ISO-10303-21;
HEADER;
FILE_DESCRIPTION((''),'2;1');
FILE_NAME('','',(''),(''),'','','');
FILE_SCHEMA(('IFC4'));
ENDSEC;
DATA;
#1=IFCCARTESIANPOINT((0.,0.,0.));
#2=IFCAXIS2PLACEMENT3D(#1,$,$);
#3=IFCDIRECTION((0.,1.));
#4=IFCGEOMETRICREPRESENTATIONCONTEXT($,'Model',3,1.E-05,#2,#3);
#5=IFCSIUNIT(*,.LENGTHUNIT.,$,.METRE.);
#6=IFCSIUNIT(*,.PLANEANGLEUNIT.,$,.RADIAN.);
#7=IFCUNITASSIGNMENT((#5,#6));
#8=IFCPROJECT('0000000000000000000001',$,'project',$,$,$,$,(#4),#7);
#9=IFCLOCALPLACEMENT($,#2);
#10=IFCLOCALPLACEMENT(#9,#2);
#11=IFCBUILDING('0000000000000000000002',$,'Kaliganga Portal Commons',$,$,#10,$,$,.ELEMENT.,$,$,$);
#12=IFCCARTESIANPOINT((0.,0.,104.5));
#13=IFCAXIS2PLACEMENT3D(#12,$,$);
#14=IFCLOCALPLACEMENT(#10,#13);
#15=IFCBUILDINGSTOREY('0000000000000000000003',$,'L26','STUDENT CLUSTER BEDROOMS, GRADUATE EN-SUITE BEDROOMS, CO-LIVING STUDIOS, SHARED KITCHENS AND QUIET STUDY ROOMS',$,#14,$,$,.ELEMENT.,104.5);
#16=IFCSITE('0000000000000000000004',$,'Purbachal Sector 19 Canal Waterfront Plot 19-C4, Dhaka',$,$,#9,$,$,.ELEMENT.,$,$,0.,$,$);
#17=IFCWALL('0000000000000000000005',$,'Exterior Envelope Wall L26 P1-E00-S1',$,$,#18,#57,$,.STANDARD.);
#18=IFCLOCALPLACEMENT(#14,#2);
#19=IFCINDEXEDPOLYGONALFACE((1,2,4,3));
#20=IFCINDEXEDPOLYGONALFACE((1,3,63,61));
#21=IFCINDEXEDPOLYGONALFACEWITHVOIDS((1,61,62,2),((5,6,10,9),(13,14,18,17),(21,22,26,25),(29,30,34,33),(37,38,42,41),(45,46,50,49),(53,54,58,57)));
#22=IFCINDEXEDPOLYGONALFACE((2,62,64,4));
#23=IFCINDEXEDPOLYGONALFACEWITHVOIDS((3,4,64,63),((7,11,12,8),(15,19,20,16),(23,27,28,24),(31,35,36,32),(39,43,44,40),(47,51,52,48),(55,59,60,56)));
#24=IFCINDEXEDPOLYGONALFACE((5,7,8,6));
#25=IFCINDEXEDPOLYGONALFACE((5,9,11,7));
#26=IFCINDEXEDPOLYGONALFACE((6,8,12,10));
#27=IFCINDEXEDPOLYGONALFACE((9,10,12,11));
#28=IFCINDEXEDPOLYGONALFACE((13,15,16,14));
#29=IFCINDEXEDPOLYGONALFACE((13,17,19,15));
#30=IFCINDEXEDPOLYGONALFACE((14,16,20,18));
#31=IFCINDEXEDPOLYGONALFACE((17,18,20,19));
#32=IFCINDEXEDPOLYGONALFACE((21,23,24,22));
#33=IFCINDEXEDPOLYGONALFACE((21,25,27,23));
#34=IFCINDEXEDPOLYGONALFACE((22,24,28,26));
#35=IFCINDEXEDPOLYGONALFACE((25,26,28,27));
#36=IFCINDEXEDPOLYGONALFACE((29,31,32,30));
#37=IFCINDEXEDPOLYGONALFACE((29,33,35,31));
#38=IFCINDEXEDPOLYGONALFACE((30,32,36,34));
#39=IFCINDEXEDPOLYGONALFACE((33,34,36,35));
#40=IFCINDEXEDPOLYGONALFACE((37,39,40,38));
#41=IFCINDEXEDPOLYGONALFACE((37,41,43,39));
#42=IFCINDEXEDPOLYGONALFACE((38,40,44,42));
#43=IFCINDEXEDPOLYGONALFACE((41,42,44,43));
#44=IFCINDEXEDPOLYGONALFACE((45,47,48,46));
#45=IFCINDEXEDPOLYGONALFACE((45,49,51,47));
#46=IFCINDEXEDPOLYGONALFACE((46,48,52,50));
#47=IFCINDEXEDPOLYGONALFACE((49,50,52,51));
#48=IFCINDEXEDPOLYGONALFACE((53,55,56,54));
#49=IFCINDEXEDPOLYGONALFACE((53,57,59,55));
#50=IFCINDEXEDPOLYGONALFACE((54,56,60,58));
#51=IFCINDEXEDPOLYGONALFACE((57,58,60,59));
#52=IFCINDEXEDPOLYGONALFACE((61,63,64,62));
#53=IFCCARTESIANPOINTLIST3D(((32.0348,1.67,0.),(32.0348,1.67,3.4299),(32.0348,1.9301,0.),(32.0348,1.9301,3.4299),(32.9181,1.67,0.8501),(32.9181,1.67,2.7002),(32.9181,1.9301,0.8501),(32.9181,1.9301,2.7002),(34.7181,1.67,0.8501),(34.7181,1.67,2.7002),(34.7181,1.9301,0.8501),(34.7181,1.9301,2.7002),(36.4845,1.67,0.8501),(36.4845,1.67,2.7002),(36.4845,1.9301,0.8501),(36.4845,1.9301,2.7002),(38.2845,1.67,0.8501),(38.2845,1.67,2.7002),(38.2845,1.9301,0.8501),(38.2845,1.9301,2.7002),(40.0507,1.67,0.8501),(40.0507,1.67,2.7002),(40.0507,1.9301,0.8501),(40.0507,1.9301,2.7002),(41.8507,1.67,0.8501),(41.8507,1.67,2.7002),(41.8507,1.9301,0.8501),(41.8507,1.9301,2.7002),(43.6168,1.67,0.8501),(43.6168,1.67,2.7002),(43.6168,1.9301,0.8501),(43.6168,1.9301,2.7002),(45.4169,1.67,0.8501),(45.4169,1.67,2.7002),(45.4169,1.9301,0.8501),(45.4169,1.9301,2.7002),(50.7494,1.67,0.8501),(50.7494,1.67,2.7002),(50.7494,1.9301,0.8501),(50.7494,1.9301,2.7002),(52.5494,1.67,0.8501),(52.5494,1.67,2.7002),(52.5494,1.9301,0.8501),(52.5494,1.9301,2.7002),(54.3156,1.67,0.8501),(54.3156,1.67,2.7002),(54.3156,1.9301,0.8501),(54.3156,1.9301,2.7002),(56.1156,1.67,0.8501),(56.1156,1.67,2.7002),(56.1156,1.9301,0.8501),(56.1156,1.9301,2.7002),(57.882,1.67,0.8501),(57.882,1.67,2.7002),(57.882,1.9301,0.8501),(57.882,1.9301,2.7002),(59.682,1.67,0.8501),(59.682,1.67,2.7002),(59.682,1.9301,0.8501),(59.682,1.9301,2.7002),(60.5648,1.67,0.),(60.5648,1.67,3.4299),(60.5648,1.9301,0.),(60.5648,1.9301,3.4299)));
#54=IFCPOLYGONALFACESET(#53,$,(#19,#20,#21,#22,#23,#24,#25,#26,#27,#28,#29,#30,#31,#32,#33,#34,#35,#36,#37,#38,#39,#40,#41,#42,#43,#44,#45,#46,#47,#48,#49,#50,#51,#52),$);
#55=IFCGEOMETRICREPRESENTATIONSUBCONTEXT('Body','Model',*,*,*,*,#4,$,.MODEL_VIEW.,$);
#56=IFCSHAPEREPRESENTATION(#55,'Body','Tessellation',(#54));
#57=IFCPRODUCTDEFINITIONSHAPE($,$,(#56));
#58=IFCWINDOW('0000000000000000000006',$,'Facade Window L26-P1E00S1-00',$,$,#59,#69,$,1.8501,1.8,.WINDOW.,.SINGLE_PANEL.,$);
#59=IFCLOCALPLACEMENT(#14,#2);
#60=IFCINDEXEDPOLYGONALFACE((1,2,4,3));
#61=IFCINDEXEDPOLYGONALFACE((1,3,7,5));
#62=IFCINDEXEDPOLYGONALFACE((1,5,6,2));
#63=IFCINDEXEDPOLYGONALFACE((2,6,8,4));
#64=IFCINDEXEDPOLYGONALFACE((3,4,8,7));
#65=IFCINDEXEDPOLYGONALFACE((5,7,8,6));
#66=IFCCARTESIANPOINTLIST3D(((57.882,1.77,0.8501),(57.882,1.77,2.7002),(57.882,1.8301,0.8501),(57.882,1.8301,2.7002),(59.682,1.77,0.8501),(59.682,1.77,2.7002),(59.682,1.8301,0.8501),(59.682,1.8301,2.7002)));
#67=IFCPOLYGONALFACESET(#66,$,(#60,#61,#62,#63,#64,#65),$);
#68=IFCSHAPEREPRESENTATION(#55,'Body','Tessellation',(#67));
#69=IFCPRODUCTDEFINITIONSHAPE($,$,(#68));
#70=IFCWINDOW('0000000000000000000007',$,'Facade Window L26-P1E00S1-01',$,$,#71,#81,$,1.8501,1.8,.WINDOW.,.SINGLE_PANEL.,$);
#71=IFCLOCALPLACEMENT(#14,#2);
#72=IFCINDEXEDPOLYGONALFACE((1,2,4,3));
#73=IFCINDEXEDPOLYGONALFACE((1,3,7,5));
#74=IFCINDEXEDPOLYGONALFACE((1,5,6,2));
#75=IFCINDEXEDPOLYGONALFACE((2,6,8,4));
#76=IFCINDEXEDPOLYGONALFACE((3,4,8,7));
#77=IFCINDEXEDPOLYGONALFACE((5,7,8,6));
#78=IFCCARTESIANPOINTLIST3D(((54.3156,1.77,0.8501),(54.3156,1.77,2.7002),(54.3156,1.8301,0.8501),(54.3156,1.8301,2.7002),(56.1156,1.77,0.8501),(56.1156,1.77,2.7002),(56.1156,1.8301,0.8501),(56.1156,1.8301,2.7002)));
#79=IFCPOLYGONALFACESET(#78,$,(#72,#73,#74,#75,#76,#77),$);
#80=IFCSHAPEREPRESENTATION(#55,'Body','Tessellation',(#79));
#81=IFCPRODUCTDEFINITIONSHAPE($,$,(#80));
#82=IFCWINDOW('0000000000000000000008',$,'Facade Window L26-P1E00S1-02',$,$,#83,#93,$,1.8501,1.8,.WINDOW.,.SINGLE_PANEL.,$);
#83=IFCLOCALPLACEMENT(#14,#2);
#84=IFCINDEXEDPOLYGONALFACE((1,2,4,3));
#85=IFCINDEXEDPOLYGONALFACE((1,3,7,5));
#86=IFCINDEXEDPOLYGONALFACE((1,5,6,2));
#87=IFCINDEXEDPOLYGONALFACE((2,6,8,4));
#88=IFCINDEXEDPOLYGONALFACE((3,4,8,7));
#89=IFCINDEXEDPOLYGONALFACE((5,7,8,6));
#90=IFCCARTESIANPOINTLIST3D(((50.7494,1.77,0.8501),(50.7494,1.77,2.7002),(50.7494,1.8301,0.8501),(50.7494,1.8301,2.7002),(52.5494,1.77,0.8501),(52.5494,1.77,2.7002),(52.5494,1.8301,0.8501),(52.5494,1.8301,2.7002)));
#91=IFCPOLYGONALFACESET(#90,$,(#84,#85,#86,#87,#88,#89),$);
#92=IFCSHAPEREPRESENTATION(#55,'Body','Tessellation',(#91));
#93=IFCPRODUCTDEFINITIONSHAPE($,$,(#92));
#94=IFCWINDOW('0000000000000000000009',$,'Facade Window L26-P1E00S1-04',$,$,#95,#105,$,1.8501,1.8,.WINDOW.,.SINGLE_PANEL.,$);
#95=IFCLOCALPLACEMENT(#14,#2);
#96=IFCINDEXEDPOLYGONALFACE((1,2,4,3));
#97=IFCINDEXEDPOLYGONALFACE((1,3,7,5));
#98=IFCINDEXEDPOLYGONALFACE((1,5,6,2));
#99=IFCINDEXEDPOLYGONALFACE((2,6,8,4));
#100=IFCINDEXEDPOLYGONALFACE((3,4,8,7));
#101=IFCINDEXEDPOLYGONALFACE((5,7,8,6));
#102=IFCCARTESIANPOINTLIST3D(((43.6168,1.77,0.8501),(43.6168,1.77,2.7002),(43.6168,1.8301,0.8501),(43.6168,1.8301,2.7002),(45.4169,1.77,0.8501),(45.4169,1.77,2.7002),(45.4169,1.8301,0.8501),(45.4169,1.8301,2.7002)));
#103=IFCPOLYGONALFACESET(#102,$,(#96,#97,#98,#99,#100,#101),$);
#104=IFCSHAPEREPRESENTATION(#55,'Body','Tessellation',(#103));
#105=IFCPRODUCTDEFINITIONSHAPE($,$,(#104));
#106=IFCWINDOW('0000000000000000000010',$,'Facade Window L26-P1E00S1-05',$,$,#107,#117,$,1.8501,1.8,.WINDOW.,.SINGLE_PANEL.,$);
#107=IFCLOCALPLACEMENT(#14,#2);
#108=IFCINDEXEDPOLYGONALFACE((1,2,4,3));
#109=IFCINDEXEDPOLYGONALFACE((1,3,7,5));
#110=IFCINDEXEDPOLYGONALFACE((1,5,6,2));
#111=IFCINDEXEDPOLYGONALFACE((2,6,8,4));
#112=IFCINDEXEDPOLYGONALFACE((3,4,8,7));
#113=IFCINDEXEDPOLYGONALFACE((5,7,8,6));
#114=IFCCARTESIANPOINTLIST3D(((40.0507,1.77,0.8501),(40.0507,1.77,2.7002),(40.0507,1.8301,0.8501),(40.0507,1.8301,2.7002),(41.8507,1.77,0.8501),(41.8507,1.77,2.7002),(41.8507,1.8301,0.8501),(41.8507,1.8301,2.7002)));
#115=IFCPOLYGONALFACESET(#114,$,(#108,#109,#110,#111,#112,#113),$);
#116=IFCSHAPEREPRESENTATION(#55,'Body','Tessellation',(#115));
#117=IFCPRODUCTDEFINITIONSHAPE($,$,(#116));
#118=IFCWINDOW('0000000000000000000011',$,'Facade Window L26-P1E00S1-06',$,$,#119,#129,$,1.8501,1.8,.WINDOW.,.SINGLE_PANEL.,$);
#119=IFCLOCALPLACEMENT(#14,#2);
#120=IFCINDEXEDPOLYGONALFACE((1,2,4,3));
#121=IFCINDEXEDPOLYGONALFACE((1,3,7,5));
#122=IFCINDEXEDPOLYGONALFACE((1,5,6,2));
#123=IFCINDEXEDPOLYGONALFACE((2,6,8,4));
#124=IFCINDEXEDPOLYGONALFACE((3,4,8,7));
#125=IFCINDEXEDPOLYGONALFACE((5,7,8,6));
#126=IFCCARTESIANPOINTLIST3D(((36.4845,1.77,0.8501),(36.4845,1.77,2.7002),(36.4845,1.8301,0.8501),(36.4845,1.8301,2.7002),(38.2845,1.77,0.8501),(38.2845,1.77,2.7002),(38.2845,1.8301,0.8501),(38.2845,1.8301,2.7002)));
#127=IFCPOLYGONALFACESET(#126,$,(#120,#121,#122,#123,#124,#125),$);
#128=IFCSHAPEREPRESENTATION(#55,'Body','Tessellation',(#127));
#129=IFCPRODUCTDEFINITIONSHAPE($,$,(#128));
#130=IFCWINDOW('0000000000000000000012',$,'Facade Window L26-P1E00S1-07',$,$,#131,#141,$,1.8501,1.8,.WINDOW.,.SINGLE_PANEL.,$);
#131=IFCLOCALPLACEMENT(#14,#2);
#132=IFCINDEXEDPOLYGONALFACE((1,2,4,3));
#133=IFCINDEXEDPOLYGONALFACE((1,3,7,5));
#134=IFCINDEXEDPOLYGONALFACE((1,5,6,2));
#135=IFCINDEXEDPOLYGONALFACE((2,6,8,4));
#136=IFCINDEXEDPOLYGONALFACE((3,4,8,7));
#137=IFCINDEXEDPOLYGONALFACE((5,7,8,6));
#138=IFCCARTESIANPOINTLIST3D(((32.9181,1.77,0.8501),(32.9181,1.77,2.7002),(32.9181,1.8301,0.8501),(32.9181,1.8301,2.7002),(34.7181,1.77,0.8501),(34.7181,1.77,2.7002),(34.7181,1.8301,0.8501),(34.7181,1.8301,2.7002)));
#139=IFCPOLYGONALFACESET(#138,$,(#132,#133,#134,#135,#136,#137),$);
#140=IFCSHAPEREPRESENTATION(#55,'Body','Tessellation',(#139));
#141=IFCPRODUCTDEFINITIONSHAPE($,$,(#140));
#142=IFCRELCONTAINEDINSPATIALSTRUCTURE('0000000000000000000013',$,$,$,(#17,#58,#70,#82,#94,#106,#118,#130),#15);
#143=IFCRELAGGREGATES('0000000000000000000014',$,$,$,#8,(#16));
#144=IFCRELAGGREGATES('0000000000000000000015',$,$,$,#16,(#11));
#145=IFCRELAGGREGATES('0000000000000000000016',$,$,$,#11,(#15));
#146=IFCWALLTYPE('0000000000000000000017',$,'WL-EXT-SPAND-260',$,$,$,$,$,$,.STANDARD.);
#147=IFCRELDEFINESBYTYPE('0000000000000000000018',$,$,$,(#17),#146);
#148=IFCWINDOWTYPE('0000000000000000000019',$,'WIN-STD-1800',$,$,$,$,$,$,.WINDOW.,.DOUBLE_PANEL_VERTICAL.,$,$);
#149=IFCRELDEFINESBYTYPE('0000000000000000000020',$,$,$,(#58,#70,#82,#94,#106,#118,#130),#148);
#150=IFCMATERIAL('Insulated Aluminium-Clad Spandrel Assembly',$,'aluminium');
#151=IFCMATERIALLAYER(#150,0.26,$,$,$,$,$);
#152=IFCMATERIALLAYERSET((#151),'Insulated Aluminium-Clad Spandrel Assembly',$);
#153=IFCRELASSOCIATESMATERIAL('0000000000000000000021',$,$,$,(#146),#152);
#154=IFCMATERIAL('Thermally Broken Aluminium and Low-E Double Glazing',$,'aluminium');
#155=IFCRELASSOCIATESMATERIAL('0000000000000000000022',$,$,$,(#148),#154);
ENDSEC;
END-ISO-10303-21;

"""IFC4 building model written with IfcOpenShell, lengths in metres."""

from ifc_helpers import new_model, si_unit, direction, frame, frame_2d, origin, place, context, subcontext, project, spatial, rectangle, extrude, material, layer, layer_set, type_object, element, fill, save


model = new_model("IFC4")

# Units and contexts
model_context = context("Model", 3, precision=1e-05, world=origin(), true_north=direction((0.0, 1.0)))
body_context = subcontext(model_context, "Body", "Model", "MODEL_VIEW")
ifc_project = project(units=[si_unit("LENGTHUNIT", "METRE"), si_unit("PLANEANGLEUNIT", "RADIAN")], contexts=[model_context])

# Site, building, storey
site_placement = place(None, origin())
site = spatial("IfcSite", under=ifc_project, at=site_placement, Name="Purbachal Sector 19 Canal Waterfront Plot 19-C4, Dhaka", CompositionType="ELEMENT", RefElevation=0.0)
building_placement = place(site_placement, origin())
building = spatial("IfcBuilding", under=site, at=building_placement, Name="Kaliganga Portal Commons", CompositionType="ELEMENT")
storey_placement = place(building_placement, frame((0.0, 0.0, 104.5)))
storey = spatial("IfcBuildingStorey", under=building, at=storey_placement, Name="L26", Description="STUDENT CLUSTER BEDROOMS, GRADUATE EN-SUITE BEDROOMS, CO-LIVING STUDIOS, SHARED KITCHENS AND QUIET STUDY ROOMS", CompositionType="ELEMENT", Elevation=104.5)

# Wall, openings, windows
ifc_material_1 = material(Name="Insulated Aluminium-Clad Spandrel Assembly", Category="aluminium")
ifc_layer_1 = layer(ifc_material_1, 0.26)
ifc_layer_set_1 = layer_set([ifc_layer_1], Name="Insulated Aluminium-Clad Spandrel Assembly")
wall_type_1 = type_object("IfcWallType", Name="WL-EXT-SPAND-260", PredefinedType="STANDARD", material=ifc_layer_set_1)
wall_1_placement = place(storey_placement, frame((60.5649, 1.8, 0.0), z_axis=(0.0, 0.0, 1.0), x_axis=(-1.0, 0.0, 0.0)))
wall_1 = element("IfcWall", 1, at=wall_1_placement, inside=storey, type_object=wall_type_1, Name="Exterior Envelope Wall L26 P1-E00-S1", PredefinedType="STANDARD", context=body_context, shape_type="SweptSolid", body=[
    extrude(rectangle(XDim=28.53, YDim=0.26, at=frame_2d((14.2651, 0.0))), origin(), (0.0, 0.0, 1.0), 3.4299),
])
opening_1_placement = place(wall_1_placement, frame((0.8831, 0.0, 0.8501)))
opening_1 = element("IfcOpeningElement", 2, at=opening_1_placement, cuts=wall_1, PredefinedType="OPENING", context=body_context, shape_type="SweptSolid", body=[
    extrude(rectangle(XDim=1.8, YDim=1.8501, at=frame_2d((0.8999, 0.925))), frame((0.0, 0.1401, 0.0), z_axis=(0.0, -1.0, 0.0), x_axis=(1.0, 0.0, 0.0)), (0.0, 0.0, 1.0), 0.28),
])
opening_2_placement = place(wall_1_placement, frame((4.4495, 0.0, 0.8501)))
opening_2 = element("IfcOpeningElement", 3, at=opening_2_placement, cuts=wall_1, PredefinedType="OPENING", context=body_context, shape_type="SweptSolid", body=[
    extrude(rectangle(XDim=1.8, YDim=1.8501, at=frame_2d((0.8999, 0.925))), frame((0.0, 0.1401, 0.0), z_axis=(0.0, -1.0, 0.0), x_axis=(1.0, 0.0, 0.0)), (0.0, 0.0, 1.0), 0.28),
])
opening_3_placement = place(wall_1_placement, frame((8.0156, 0.0, 0.8501)))
opening_3 = element("IfcOpeningElement", 4, at=opening_3_placement, cuts=wall_1, PredefinedType="OPENING", context=body_context, shape_type="SweptSolid", body=[
    extrude(rectangle(XDim=1.8, YDim=1.8501, at=frame_2d((0.8999, 0.925))), frame((0.0, 0.1401, 0.0), z_axis=(0.0, -1.0, 0.0), x_axis=(1.0, 0.0, 0.0)), (0.0, 0.0, 1.0), 0.28),
])
opening_4_placement = place(wall_1_placement, frame((15.1482, 0.0, 0.8501)))
opening_4 = element("IfcOpeningElement", 5, at=opening_4_placement, cuts=wall_1, PredefinedType="OPENING", context=body_context, shape_type="SweptSolid", body=[
    extrude(rectangle(XDim=1.8, YDim=1.8501, at=frame_2d((0.8999, 0.925))), frame((0.0, 0.1401, 0.0), z_axis=(0.0, -1.0, 0.0), x_axis=(1.0, 0.0, 0.0)), (0.0, 0.0, 1.0), 0.28),
])
opening_5_placement = place(wall_1_placement, frame((18.7144, 0.0, 0.8501)))
opening_5 = element("IfcOpeningElement", 6, at=opening_5_placement, cuts=wall_1, PredefinedType="OPENING", context=body_context, shape_type="SweptSolid", body=[
    extrude(rectangle(XDim=1.8, YDim=1.8501, at=frame_2d((0.8999, 0.925))), frame((0.0, 0.1401, 0.0), z_axis=(0.0, -1.0, 0.0), x_axis=(1.0, 0.0, 0.0)), (0.0, 0.0, 1.0), 0.28),
])
opening_6_placement = place(wall_1_placement, frame((22.2805, 0.0, 0.8501)))
opening_6 = element("IfcOpeningElement", 7, at=opening_6_placement, cuts=wall_1, PredefinedType="OPENING", context=body_context, shape_type="SweptSolid", body=[
    extrude(rectangle(XDim=1.8, YDim=1.8501, at=frame_2d((0.8999, 0.925))), frame((0.0, 0.1401, 0.0), z_axis=(0.0, -1.0, 0.0), x_axis=(1.0, 0.0, 0.0)), (0.0, 0.0, 1.0), 0.28),
])
opening_7_placement = place(wall_1_placement, frame((25.8469, 0.0, 0.8501)))
opening_7 = element("IfcOpeningElement", 8, at=opening_7_placement, cuts=wall_1, PredefinedType="OPENING", context=body_context, shape_type="SweptSolid", body=[
    extrude(rectangle(XDim=1.8, YDim=1.8501, at=frame_2d((0.8999, 0.925))), frame((0.0, 0.1401, 0.0), z_axis=(0.0, -1.0, 0.0), x_axis=(1.0, 0.0, 0.0)), (0.0, 0.0, 1.0), 0.28),
])
ifc_material_2 = material(Name="Thermally Broken Aluminium and Low-E Double Glazing", Category="aluminium")
window_type = type_object("IfcWindowType", Name="WIN-STD-1800", PartitioningType="DOUBLE_PANEL_VERTICAL", PredefinedType="WINDOW", material=ifc_material_2)
window_1_placement = place(opening_1_placement, origin())
window_1 = element("IfcWindow", 9, at=window_1_placement, inside=storey, type_object=window_type, Name="Facade Window L26-P1E00S1-00", OverallHeight=1.8501, OverallWidth=1.8, PartitioningType="SINGLE_PANEL", PredefinedType="WINDOW", context=body_context, shape_type="SweptSolid", body=[
    extrude(rectangle(XDim=1.8, YDim=1.8501, at=frame_2d((0.8999, 0.925))), frame((0.0, 0.03, 0.0), z_axis=(0.0, -1.0, 0.0), x_axis=(1.0, 0.0, 0.0)), (0.0, 0.0, 1.0), 0.0601),
])
fill(opening_1, window_1)
window_2_placement = place(opening_2_placement, origin())
window_2 = element("IfcWindow", 10, at=window_2_placement, inside=storey, type_object=window_type, Name="Facade Window L26-P1E00S1-01", OverallHeight=1.8501, OverallWidth=1.8, PartitioningType="SINGLE_PANEL", PredefinedType="WINDOW", context=body_context, shape_type="SweptSolid", body=[
    extrude(rectangle(XDim=1.8, YDim=1.8501, at=frame_2d((0.8999, 0.925))), frame((0.0, 0.03, 0.0), z_axis=(0.0, -1.0, 0.0), x_axis=(1.0, 0.0, 0.0)), (0.0, 0.0, 1.0), 0.0601),
])
fill(opening_2, window_2)
window_3_placement = place(opening_3_placement, origin())
window_3 = element("IfcWindow", 11, at=window_3_placement, inside=storey, type_object=window_type, Name="Facade Window L26-P1E00S1-02", OverallHeight=1.8501, OverallWidth=1.8, PartitioningType="SINGLE_PANEL", PredefinedType="WINDOW", context=body_context, shape_type="SweptSolid", body=[
    extrude(rectangle(XDim=1.8, YDim=1.8501, at=frame_2d((0.8999, 0.925))), frame((0.0, 0.03, 0.0), z_axis=(0.0, -1.0, 0.0), x_axis=(1.0, 0.0, 0.0)), (0.0, 0.0, 1.0), 0.0601),
])
fill(opening_3, window_3)
window_4_placement = place(opening_4_placement, origin())
window_4 = element("IfcWindow", 12, at=window_4_placement, inside=storey, type_object=window_type, Name="Facade Window L26-P1E00S1-04", OverallHeight=1.8501, OverallWidth=1.8, PartitioningType="SINGLE_PANEL", PredefinedType="WINDOW", context=body_context, shape_type="SweptSolid", body=[
    extrude(rectangle(XDim=1.8, YDim=1.8501, at=frame_2d((0.8999, 0.925))), frame((0.0, 0.03, 0.0), z_axis=(0.0, -1.0, 0.0), x_axis=(1.0, 0.0, 0.0)), (0.0, 0.0, 1.0), 0.0601),
])
fill(opening_4, window_4)
window_5_placement = place(opening_5_placement, origin())
window_5 = element("IfcWindow", 13, at=window_5_placement, inside=storey, type_object=window_type, Name="Facade Window L26-P1E00S1-05", OverallHeight=1.8501, OverallWidth=1.8, PartitioningType="SINGLE_PANEL", PredefinedType="WINDOW", context=body_context, shape_type="SweptSolid", body=[
    extrude(rectangle(XDim=1.8, YDim=1.8501, at=frame_2d((0.8999, 0.925))), frame((0.0, 0.03, 0.0), z_axis=(0.0, -1.0, 0.0), x_axis=(1.0, 0.0, 0.0)), (0.0, 0.0, 1.0), 0.0601),
])
fill(opening_5, window_5)
window_6_placement = place(opening_6_placement, origin())
window_6 = element("IfcWindow", 14, at=window_6_placement, inside=storey, type_object=window_type, Name="Facade Window L26-P1E00S1-06", OverallHeight=1.8501, OverallWidth=1.8, PartitioningType="SINGLE_PANEL", PredefinedType="WINDOW", context=body_context, shape_type="SweptSolid", body=[
    extrude(rectangle(XDim=1.8, YDim=1.8501, at=frame_2d((0.8999, 0.925))), frame((0.0, 0.03, 0.0), z_axis=(0.0, -1.0, 0.0), x_axis=(1.0, 0.0, 0.0)), (0.0, 0.0, 1.0), 0.0601),
])
fill(opening_6, window_6)
window_7_placement = place(opening_7_placement, origin())
window_7 = element("IfcWindow", 15, at=window_7_placement, inside=storey, type_object=window_type, Name="Facade Window L26-P1E00S1-07", OverallHeight=1.8501, OverallWidth=1.8, PartitioningType="SINGLE_PANEL", PredefinedType="WINDOW", context=body_context, shape_type="SweptSolid", body=[
    extrude(rectangle(XDim=1.8, YDim=1.8501, at=frame_2d((0.8999, 0.925))), frame((0.0, 0.03, 0.0), z_axis=(0.0, -1.0, 0.0), x_axis=(1.0, 0.0, 0.0)), (0.0, 0.0, 1.0), 0.0601),
])
fill(opening_7, window_7)

save(model, "model.ifc")
